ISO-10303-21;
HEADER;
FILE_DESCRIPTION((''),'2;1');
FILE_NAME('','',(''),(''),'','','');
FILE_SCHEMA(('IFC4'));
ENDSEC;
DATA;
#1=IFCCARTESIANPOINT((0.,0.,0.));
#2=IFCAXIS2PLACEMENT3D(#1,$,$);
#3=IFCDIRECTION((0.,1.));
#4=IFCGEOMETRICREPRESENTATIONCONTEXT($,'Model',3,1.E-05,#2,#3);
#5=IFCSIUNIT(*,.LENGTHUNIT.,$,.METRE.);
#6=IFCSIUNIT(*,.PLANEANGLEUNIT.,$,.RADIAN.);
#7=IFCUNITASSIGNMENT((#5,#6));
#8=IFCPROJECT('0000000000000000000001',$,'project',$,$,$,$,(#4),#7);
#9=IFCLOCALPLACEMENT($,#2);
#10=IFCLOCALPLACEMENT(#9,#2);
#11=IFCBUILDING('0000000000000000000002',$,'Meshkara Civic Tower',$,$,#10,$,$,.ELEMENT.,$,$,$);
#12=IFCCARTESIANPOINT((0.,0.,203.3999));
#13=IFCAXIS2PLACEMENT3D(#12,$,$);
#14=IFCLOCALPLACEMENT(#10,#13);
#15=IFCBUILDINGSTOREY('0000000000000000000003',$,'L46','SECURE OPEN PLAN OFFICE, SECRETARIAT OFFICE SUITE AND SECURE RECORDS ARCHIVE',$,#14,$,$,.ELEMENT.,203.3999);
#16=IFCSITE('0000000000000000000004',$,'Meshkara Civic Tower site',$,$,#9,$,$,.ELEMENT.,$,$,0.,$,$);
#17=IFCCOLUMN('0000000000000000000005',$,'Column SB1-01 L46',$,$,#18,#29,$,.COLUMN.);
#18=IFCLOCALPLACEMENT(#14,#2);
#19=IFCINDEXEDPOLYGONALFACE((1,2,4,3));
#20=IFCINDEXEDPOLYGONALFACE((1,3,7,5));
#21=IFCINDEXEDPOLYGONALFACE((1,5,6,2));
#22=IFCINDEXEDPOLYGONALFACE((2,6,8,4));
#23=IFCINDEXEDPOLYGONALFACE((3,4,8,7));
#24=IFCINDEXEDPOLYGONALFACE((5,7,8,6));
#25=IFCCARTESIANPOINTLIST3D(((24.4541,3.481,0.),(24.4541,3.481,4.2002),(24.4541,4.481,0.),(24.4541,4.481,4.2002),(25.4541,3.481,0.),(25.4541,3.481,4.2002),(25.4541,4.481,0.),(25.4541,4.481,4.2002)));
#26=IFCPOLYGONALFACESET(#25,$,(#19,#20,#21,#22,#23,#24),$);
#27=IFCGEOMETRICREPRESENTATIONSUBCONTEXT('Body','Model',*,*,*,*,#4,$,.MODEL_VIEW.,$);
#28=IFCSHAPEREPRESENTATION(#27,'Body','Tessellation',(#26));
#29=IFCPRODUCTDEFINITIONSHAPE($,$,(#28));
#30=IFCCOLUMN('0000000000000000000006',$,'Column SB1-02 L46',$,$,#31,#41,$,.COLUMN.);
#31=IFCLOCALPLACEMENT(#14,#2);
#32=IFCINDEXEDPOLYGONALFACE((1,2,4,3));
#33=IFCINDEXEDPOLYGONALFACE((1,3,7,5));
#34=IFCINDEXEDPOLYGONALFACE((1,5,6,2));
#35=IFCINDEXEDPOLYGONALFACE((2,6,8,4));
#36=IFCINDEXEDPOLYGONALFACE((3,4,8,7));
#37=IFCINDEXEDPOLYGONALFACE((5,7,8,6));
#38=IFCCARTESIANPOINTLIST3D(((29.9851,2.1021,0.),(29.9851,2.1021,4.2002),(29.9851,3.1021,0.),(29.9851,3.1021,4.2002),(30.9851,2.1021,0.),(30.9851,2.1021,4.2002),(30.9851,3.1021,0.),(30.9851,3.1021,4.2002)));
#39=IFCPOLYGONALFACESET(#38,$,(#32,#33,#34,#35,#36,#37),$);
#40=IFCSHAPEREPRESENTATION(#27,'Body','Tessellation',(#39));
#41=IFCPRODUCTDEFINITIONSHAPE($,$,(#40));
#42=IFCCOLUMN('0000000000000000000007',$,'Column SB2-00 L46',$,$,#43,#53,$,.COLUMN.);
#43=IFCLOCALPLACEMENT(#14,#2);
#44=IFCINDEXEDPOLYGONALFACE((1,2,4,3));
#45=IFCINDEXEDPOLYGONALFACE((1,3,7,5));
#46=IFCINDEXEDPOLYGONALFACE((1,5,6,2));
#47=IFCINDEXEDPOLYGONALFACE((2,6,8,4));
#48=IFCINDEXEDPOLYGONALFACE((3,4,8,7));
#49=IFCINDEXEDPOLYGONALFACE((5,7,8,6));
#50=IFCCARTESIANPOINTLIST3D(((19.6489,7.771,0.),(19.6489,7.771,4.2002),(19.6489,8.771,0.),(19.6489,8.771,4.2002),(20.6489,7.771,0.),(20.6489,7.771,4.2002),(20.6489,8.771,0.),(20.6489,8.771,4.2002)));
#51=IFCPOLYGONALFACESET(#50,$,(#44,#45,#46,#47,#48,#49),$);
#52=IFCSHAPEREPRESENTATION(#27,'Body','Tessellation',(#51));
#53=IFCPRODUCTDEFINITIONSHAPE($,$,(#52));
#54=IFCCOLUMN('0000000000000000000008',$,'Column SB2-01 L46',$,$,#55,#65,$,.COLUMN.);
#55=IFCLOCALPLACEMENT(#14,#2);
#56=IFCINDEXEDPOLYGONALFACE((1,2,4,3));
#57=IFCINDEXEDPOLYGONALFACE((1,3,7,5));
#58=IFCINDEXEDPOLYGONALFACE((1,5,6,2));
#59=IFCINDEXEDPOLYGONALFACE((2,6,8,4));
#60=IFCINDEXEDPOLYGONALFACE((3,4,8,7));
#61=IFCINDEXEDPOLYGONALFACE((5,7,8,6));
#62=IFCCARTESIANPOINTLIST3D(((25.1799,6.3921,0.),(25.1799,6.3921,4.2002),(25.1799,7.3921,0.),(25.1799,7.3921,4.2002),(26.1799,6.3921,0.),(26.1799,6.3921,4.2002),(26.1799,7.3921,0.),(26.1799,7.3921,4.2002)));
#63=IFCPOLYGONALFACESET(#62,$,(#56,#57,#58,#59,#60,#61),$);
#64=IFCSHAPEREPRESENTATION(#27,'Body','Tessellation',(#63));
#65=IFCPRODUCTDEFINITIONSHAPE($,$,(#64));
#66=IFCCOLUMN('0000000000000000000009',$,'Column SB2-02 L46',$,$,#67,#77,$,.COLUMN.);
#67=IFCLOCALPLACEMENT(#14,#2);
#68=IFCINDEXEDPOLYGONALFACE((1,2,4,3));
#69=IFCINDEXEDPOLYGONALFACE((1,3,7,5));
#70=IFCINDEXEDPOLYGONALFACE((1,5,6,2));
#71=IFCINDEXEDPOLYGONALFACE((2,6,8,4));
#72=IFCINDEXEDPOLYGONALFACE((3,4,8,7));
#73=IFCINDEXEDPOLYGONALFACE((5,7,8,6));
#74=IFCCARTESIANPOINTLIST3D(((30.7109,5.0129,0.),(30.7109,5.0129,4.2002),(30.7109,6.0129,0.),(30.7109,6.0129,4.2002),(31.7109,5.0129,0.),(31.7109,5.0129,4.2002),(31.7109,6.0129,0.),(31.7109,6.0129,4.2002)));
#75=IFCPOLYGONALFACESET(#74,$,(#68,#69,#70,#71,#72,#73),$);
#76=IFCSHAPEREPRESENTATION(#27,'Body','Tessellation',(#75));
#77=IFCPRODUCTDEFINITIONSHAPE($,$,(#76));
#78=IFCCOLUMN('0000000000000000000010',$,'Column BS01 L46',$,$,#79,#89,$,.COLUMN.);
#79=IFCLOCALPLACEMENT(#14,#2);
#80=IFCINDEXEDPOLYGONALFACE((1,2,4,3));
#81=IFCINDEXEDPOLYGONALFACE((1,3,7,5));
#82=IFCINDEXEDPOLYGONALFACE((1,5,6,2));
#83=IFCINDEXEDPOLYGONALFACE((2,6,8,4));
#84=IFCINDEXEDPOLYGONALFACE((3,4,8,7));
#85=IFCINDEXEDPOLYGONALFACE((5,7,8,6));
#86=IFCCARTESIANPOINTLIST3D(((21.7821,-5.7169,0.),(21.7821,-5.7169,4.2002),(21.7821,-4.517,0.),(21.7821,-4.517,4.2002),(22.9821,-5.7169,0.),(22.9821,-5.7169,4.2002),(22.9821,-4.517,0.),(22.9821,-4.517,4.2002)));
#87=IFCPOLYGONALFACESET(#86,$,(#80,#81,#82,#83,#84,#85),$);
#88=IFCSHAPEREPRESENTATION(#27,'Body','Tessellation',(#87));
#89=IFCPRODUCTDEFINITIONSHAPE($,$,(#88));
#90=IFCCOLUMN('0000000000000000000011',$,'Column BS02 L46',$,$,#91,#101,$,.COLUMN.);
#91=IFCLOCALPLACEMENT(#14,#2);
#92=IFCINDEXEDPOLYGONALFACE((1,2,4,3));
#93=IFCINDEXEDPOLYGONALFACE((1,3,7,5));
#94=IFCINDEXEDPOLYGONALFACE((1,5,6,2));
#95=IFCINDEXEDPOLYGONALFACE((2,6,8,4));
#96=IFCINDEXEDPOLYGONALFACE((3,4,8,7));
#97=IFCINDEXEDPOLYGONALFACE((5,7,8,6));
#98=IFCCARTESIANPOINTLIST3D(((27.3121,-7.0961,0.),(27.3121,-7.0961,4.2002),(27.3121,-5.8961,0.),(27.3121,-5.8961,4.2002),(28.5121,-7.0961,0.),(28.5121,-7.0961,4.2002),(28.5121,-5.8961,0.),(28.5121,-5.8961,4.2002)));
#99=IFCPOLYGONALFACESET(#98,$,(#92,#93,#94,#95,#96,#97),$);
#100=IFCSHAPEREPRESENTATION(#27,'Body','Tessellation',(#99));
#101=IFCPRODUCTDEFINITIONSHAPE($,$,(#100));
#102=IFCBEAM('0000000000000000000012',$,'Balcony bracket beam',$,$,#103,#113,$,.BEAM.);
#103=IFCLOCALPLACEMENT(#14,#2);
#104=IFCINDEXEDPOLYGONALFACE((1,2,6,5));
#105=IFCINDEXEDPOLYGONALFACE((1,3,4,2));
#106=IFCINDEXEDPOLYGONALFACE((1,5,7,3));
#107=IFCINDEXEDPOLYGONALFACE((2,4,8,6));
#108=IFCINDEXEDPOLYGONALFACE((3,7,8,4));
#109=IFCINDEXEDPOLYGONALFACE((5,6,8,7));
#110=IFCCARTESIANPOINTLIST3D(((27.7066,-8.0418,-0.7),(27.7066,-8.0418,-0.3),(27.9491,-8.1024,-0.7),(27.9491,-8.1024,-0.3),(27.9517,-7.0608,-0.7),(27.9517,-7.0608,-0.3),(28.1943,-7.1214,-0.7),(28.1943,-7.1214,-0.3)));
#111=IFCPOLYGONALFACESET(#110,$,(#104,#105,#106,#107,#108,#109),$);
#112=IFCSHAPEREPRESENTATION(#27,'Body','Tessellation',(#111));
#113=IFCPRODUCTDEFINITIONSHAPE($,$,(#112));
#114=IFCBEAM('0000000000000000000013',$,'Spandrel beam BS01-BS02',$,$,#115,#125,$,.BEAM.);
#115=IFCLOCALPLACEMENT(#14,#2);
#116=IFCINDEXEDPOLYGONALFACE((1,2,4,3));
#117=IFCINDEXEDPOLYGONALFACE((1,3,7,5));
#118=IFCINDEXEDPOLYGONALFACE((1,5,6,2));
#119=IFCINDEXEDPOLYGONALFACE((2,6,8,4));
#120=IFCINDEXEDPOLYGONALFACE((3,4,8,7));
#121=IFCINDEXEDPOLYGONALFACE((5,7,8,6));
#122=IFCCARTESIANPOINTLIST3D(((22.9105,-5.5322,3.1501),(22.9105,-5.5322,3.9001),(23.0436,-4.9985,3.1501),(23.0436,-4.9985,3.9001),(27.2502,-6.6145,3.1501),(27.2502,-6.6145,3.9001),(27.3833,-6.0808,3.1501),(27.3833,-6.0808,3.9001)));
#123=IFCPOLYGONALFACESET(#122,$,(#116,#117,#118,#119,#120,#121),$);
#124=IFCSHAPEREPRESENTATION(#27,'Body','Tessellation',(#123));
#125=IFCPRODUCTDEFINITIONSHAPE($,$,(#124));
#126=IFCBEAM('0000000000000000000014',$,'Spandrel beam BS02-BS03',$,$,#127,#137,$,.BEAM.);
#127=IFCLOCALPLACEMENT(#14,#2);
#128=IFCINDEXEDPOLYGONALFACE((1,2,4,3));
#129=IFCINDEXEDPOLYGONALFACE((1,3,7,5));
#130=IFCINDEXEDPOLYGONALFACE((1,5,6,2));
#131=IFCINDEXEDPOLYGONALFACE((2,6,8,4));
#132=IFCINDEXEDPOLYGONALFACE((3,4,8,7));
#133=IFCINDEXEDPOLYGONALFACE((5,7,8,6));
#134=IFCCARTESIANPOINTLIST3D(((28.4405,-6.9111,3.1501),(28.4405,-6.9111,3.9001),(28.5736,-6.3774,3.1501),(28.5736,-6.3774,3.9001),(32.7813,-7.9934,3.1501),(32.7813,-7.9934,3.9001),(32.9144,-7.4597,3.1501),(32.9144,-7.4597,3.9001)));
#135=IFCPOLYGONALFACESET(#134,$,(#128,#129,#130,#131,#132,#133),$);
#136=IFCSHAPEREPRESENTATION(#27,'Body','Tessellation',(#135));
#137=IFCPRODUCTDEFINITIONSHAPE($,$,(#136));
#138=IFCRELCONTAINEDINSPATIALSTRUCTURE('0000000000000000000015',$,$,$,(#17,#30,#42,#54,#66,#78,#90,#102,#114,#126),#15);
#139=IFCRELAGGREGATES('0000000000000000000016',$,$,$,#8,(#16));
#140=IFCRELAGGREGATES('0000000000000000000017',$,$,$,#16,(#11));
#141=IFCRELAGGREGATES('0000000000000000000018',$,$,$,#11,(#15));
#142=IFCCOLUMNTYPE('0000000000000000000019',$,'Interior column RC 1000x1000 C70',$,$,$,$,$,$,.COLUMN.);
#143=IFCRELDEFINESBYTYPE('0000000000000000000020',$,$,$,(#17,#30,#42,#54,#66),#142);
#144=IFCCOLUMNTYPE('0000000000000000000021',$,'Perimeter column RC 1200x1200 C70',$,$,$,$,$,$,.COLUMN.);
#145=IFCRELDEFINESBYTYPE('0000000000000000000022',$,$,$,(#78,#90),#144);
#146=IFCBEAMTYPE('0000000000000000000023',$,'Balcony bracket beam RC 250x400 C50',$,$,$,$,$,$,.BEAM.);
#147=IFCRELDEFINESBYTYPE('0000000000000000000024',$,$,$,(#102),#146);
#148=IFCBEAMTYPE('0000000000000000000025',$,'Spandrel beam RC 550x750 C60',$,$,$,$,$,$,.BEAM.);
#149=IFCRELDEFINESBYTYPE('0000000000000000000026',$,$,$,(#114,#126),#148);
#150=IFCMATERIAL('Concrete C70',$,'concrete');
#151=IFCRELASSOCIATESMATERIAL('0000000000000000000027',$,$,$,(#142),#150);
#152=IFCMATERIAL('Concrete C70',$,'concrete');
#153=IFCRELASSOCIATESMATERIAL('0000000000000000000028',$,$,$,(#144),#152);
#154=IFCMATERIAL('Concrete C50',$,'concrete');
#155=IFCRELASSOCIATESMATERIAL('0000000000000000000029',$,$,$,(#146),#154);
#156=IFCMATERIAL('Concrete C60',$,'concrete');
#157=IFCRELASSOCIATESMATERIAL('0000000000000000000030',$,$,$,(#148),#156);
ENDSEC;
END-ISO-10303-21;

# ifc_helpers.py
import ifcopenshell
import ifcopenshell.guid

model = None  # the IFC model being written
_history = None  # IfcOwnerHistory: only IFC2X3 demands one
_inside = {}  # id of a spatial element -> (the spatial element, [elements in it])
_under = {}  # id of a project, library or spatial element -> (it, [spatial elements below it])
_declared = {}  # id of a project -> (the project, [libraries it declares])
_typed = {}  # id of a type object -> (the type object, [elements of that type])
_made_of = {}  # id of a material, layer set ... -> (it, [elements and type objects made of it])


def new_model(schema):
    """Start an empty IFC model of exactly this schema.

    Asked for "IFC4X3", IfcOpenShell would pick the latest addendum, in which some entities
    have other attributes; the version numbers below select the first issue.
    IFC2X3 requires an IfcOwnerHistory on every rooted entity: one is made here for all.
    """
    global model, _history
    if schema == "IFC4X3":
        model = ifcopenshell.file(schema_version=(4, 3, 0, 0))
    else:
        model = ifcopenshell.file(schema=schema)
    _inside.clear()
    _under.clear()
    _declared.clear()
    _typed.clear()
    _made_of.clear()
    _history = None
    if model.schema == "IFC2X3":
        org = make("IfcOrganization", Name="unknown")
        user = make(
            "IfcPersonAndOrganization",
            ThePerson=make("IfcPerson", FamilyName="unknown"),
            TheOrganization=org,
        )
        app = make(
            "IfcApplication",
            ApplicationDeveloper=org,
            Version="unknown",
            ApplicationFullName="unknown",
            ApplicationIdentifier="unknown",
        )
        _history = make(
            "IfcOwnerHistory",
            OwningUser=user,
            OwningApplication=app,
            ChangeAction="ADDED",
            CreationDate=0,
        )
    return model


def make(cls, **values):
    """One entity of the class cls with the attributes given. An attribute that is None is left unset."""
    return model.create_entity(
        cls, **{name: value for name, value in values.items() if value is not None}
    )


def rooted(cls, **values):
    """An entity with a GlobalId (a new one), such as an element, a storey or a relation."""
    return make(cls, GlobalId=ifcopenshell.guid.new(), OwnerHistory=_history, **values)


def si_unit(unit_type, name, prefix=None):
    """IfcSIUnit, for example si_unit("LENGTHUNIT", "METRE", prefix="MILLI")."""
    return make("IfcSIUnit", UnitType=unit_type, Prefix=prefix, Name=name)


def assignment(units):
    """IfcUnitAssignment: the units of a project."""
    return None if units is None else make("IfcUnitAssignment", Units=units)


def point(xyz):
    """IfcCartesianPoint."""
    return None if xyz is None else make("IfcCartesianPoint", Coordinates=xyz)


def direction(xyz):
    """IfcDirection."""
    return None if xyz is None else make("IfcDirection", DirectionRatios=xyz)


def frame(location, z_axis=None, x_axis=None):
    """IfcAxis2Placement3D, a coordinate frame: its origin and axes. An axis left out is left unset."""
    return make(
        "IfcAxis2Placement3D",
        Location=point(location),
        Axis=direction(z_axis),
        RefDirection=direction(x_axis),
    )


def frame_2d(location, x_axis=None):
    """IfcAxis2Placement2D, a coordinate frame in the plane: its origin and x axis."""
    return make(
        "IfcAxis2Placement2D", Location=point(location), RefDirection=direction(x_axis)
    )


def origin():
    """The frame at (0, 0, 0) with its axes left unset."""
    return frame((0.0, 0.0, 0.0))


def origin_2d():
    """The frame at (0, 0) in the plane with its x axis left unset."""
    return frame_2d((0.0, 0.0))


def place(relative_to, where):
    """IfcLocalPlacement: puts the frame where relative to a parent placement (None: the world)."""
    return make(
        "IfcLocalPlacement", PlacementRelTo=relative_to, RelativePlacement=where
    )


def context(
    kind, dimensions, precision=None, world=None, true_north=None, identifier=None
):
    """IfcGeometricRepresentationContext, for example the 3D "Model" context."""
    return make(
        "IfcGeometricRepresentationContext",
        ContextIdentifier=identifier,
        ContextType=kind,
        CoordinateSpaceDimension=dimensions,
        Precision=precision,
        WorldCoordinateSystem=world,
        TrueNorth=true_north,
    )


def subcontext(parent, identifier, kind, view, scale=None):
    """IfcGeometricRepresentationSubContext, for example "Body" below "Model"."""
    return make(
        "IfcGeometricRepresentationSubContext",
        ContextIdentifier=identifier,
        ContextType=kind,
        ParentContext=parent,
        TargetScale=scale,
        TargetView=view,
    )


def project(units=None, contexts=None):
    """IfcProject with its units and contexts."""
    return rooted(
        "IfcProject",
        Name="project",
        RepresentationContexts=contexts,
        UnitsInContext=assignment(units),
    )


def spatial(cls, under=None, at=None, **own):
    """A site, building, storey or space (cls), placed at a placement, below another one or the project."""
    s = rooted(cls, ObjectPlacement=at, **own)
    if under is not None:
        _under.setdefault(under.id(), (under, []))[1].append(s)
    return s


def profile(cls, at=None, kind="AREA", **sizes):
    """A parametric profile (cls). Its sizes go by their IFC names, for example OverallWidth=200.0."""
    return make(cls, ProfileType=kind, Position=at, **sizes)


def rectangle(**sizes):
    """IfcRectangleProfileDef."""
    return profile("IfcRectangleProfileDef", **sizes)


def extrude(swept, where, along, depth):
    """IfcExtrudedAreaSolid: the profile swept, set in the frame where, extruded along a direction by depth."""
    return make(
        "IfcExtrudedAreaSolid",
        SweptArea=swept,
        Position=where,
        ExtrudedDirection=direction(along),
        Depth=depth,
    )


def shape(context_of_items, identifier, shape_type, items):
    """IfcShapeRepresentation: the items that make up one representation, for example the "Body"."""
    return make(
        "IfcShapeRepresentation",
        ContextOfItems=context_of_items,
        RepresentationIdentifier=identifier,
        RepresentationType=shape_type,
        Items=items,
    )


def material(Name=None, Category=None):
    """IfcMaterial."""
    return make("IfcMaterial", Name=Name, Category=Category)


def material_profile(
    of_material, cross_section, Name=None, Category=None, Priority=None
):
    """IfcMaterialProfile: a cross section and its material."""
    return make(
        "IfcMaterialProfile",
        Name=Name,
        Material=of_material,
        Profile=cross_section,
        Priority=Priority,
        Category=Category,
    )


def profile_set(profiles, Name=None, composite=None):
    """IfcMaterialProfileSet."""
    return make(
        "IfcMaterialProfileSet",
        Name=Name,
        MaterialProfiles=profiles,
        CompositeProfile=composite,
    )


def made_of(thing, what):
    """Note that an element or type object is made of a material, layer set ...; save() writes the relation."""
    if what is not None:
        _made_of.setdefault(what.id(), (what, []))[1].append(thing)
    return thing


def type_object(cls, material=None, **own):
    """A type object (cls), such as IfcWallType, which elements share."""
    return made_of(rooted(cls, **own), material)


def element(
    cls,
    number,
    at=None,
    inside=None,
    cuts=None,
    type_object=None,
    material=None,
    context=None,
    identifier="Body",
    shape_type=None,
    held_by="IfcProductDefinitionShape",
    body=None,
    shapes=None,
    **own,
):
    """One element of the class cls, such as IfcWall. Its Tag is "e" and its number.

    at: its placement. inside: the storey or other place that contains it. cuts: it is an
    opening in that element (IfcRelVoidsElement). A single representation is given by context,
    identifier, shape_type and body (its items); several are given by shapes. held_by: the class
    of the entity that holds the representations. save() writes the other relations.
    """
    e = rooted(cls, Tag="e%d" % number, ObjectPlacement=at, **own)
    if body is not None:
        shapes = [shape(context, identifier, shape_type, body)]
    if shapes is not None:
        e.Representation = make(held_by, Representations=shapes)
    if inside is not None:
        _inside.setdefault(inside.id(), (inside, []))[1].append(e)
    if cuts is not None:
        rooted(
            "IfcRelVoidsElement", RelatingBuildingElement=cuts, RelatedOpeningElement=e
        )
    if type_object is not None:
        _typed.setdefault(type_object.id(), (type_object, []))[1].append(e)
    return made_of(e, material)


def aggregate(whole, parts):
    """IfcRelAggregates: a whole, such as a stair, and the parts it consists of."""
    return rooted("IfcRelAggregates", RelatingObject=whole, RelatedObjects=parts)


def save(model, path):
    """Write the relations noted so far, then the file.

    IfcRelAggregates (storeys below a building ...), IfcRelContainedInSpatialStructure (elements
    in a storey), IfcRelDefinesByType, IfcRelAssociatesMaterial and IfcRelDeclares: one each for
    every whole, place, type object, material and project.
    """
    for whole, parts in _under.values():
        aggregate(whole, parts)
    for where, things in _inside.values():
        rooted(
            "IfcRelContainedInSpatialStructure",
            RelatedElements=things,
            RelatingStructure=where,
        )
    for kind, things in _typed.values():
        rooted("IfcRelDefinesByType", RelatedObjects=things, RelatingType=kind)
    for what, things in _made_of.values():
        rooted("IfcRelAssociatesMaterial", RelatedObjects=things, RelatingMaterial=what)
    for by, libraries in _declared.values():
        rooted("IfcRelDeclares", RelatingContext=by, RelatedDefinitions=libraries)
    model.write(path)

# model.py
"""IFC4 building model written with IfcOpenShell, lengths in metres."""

from ifc_helpers import new_model, si_unit, direction, frame, origin, origin_2d, place, context, subcontext, project, spatial, rectangle, extrude, material, material_profile, profile_set, type_object, element, save


model = new_model("IFC4")

# Units and contexts
model_context = context("Model", 3, precision=1e-05, world=origin(), true_north=direction((0.0, 1.0)))
body_context = subcontext(model_context, "Body", "Model", "MODEL_VIEW")
ifc_project = project(units=[si_unit("LENGTHUNIT", "METRE"), si_unit("PLANEANGLEUNIT", "RADIAN")], contexts=[model_context])

# Site, building, storey
site_placement = place(None, origin())
site = spatial("IfcSite", under=ifc_project, at=site_placement, Name="Meshkara Civic Tower site", CompositionType="ELEMENT", RefElevation=0.0)
building_placement = place(site_placement, origin())
building = spatial("IfcBuilding", under=site, at=building_placement, Name="Meshkara Civic Tower", CompositionType="ELEMENT")
storey_placement = place(building_placement, frame((0.0, 0.0, 203.3999)))
storey = spatial("IfcBuildingStorey", under=building, at=storey_placement, Name="L46", Description="SECURE OPEN PLAN OFFICE, SECRETARIAT OFFICE SUITE AND SECURE RECORDS ARCHIVE", CompositionType="ELEMENT", Elevation=203.3999)

# Columns
ifc_material_1 = material(Name="Concrete C70", Category="concrete")
ifc_material_profile_1 = material_profile(ifc_material_1, rectangle(XDim=1.0, YDim=1.0, at=origin_2d()))
ifc_profile_set_1 = profile_set([ifc_material_profile_1], Name="Concrete C70")
column_type_1 = type_object("IfcColumnType", Name="Interior column RC 1000x1000 C70", PredefinedType="COLUMN", material=ifc_profile_set_1)
for number, where, z_axis, x_axis, name in (
    (1, (24.9541, 3.981, 0.0), (0.0, 0.0, 1.0), (1.0, 0.0, 0.0), "Column SB1-01 L46"),
    (2, (30.4851, 2.6021, 0.0), (0.0, 0.0, 1.0), (1.0, 0.0, 0.0), "Column SB1-02 L46"),
    (3, (20.1489, 8.271, 0.0), (0.0, 0.0, 1.0), (1.0, 0.0, 0.0), "Column SB2-00 L46"),
    (4, (25.6799, 6.8921, 0.0), (0.0, 0.0, 1.0), (1.0, 0.0, 0.0), "Column SB2-01 L46"),
    (5, (31.2109, 5.5129, 0.0), (0.0, 0.0, 1.0), (1.0, 0.0, 0.0), "Column SB2-02 L46"),
):
    element("IfcColumn", number, at=place(storey_placement, frame(where, z_axis=z_axis, x_axis=x_axis)), inside=storey, type_object=column_type_1, Name=name, PredefinedType="COLUMN", context=body_context, shape_type="SweptSolid", body=[
        extrude(rectangle(XDim=1.0, YDim=1.0, at=origin_2d()), origin(), (0.0, 0.0, 1.0), 4.2002),
    ])
ifc_material_2 = material(Name="Concrete C70", Category="concrete")
ifc_material_profile_2 = material_profile(ifc_material_2, rectangle(XDim=1.2, YDim=1.2, at=origin_2d()))
ifc_profile_set_2 = profile_set([ifc_material_profile_2], Name="Concrete C70")
column_type_2 = type_object("IfcColumnType", Name="Perimeter column RC 1200x1200 C70", PredefinedType="COLUMN", material=ifc_profile_set_2)
for number, where, z_axis, x_axis, name in (
    (6, (22.3821, -5.1169, 0.0), (0.0, 0.0, 1.0), (1.0, 0.0, 0.0), "Column BS01 L46"),
    (7, (27.9121, -6.4961, 0.0), (0.0, 0.0, 1.0), (1.0, 0.0, 0.0), "Column BS02 L46"),
):
    element("IfcColumn", number, at=place(storey_placement, frame(where, z_axis=z_axis, x_axis=x_axis)), inside=storey, type_object=column_type_2, Name=name, PredefinedType="COLUMN", context=body_context, shape_type="SweptSolid", body=[
        extrude(rectangle(XDim=1.2, YDim=1.2, at=origin_2d()), origin(), (0.0, 0.0, 1.0), 4.2002),
    ])

# Beams
ifc_material_3 = material(Name="Concrete C50", Category="concrete")
ifc_material_profile_3 = material_profile(ifc_material_3, rectangle(XDim=0.25, YDim=0.3999, at=origin_2d()))
ifc_profile_set_3 = profile_set([ifc_material_profile_3], Name="Concrete C50")
beam_type_1 = type_object("IfcBeamType", Name="Balcony bracket beam RC 250x400 C50", PredefinedType="BEAM", material=ifc_profile_set_3)
beam_1_placement = place(storey_placement, frame((28.073, -7.0911, -0.5), z_axis=(-0.242422, -0.970171, 0.0), x_axis=(0.970171, -0.242422, 0.0)))
element("IfcBeam", 8, at=beam_1_placement, inside=storey, type_object=beam_type_1, Name="Balcony bracket beam", PredefinedType="BEAM", context=body_context, shape_type="SweptSolid", body=[
    extrude(rectangle(XDim=0.25, YDim=0.3999, at=origin_2d()), origin(), (0.0, 0.0, 1.0), 1.0112),
])
ifc_material_4 = material(Name="Concrete C60", Category="concrete")
ifc_material_profile_4 = material_profile(ifc_material_4, rectangle(XDim=0.55, YDim=0.75, at=origin_2d()))
ifc_profile_set_4 = profile_set([ifc_material_profile_4], Name="Concrete C60")
beam_type_2 = type_object("IfcBeamType", Name="Spandrel beam RC 550x750 C60", PredefinedType="BEAM", material=ifc_profile_set_4)
beam_2_placement = place(storey_placement, frame((22.9771, -5.2654, 3.5251), z_axis=(0.970284, -0.24197, 0.0), x_axis=(0.24197, 0.970284, 0.0)))
element("IfcBeam", 9, at=beam_2_placement, inside=storey, type_object=beam_type_2, Name="Spandrel beam BS01-BS02", PredefinedType="BEAM", context=body_context, shape_type="SweptSolid", body=[
    extrude(rectangle(XDim=0.55, YDim=0.75, at=origin_2d()), origin(), (0.0, 0.0, 1.0), 4.4727),
])
beam_3_placement = place(storey_placement, frame((28.5071, -6.6443, 3.5251), z_axis=(0.970296, -0.241919, 0.0), x_axis=(0.241919, 0.970296, 0.0)))
element("IfcBeam", 10, at=beam_3_placement, inside=storey, type_object=beam_type_2, Name="Spandrel beam BS02-BS03", PredefinedType="BEAM", context=body_context, shape_type="SweptSolid", body=[
    extrude(rectangle(XDim=0.55, YDim=0.75, at=origin_2d()), origin(), (0.0, 0.0, 1.0), 4.4736),
])

save(model, "model.ifc")
